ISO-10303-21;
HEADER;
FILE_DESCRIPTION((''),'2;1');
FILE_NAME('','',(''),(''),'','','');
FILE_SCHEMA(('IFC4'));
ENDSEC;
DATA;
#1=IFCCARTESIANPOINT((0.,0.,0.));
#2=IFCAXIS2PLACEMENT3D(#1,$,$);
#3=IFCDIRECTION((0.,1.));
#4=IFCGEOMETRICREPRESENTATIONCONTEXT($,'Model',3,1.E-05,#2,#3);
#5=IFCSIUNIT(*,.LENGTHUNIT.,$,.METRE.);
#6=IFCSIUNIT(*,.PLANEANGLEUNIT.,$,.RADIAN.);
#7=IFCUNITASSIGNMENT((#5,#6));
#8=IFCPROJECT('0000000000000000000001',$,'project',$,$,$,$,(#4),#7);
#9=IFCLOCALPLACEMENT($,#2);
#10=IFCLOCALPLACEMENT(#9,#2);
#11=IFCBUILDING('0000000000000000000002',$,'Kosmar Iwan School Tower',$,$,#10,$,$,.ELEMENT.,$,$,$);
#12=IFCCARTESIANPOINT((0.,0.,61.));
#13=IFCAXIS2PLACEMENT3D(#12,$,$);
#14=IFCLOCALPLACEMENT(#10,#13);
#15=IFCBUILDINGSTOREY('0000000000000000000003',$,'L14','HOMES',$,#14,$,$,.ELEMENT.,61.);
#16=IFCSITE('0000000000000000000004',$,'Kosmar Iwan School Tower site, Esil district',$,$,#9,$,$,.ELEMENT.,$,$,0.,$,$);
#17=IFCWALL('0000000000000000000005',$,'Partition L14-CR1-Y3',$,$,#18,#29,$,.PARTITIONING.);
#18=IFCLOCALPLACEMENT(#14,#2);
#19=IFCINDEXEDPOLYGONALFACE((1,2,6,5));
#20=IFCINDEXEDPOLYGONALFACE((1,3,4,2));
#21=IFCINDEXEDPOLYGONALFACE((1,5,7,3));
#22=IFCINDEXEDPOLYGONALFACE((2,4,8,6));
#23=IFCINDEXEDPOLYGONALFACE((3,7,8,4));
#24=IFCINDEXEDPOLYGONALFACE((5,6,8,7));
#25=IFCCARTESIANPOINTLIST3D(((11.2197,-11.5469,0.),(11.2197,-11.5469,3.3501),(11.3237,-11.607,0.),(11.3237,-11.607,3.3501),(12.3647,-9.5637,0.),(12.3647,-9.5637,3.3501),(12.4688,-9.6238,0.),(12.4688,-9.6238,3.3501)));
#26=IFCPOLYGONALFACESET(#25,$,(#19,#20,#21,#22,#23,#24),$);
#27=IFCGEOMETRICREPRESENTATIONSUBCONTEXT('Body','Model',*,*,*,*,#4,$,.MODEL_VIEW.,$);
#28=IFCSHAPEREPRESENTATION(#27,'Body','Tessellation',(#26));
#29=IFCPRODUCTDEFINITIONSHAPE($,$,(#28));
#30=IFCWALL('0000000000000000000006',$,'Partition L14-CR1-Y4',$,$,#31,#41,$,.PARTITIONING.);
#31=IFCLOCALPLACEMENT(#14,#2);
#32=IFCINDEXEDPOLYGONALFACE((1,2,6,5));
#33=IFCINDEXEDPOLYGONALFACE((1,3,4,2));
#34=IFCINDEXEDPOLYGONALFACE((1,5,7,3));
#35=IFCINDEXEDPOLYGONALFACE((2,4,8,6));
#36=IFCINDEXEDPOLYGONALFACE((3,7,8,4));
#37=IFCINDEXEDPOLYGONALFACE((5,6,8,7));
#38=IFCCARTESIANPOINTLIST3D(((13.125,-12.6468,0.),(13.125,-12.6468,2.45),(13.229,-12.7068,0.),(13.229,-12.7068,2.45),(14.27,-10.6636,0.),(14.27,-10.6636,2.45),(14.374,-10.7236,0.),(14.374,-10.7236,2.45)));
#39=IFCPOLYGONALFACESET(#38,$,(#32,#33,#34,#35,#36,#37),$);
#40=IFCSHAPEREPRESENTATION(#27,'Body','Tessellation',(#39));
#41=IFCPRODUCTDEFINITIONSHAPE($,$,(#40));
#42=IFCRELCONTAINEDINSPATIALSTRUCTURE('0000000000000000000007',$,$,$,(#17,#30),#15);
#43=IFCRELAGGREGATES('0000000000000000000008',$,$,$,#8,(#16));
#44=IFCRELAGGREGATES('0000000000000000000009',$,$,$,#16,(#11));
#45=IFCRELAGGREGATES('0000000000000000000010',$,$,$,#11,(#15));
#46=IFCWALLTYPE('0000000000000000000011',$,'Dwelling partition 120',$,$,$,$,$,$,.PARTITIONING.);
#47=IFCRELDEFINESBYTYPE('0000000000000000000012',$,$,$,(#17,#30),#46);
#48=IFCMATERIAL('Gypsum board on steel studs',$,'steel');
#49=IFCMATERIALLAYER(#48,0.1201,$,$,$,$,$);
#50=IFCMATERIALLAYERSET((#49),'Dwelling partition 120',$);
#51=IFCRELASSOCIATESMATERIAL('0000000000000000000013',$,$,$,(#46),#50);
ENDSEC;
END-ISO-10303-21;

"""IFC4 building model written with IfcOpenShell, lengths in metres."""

from ifc_helpers import new_model, si_unit, direction, frame, frame_2d, origin, place, context, subcontext, project, spatial, rectangle, extrude, material, layer, layer_set, type_object, element, save


model = new_model("IFC4")

# Units and contexts
model_context = context("Model", 3, precision=1e-05, world=origin(), true_north=direction((0.0, 1.0)))
body_context = subcontext(model_context, "Body", "Model", "MODEL_VIEW")
ifc_project = project(units=[si_unit("LENGTHUNIT", "METRE"), si_unit("PLANEANGLEUNIT", "RADIAN")], contexts=[model_context])

# Site, building, storey
site_placement = place(None, origin())
site = spatial("IfcSite", under=ifc_project, at=site_placement, Name="Kosmar Iwan School Tower site, Esil district", CompositionType="ELEMENT", RefElevation=0.0)
building_placement = place(site_placement, origin())
building = spatial("IfcBuilding", under=site, at=building_placement, Name="Kosmar Iwan School Tower", CompositionType="ELEMENT")
storey_placement = place(building_placement, frame((0.0, 0.0, 61.0)))
storey = spatial("IfcBuildingStorey", under=building, at=storey_placement, Name="L14", Description="HOMES", CompositionType="ELEMENT", Elevation=61.0)

# Walls
ifc_material_1 = material(Name="Gypsum board on steel studs", Category="steel")
ifc_layer_1 = layer(ifc_material_1, 0.1201)
ifc_layer_set_1 = layer_set([ifc_layer_1], Name="Dwelling partition 120")
wall_type_1 = type_object("IfcWallType", Name="Dwelling partition 120", PredefinedType="PARTITIONING", material=ifc_layer_set_1)
for number, where, z_axis, x_axis, name in (
    (1, (12.4167, -9.5938, 0.0), (0.0, 0.0, 1.0), (-0.500015, -0.866017, 0.0), "Partition L14-CR1-Y3"),
):
    element("IfcWall", number, at=place(storey_placement, frame(where, z_axis=z_axis, x_axis=x_axis)), inside=storey, type_object=wall_type_1, Name=name, PredefinedType="PARTITIONING", context=body_context, shape_type="SweptSolid", body=[
        extrude(rectangle(XDim=2.29, YDim=0.1201, at=frame_2d((1.145, 0.0))), origin(), (0.0, 0.0, 1.0), 3.3501),
    ])
wall_1_placement = place(storey_placement, frame((14.322, -10.6936, 0.0), z_axis=(0.0, 0.0, 1.0), x_axis=(-0.500015, -0.866017, 0.0)))
element("IfcWall", 2, at=wall_1_placement, inside=storey, type_object=wall_type_1, Name="Partition L14-CR1-Y4", PredefinedType="PARTITIONING", context=body_context, shape_type="SweptSolid", body=[
    extrude(rectangle(XDim=2.29, YDim=0.1201, at=frame_2d((1.145, 0.0))), origin(), (0.0, 0.0, 1.0), 2.45),
])

save(model, "model.ifc")
